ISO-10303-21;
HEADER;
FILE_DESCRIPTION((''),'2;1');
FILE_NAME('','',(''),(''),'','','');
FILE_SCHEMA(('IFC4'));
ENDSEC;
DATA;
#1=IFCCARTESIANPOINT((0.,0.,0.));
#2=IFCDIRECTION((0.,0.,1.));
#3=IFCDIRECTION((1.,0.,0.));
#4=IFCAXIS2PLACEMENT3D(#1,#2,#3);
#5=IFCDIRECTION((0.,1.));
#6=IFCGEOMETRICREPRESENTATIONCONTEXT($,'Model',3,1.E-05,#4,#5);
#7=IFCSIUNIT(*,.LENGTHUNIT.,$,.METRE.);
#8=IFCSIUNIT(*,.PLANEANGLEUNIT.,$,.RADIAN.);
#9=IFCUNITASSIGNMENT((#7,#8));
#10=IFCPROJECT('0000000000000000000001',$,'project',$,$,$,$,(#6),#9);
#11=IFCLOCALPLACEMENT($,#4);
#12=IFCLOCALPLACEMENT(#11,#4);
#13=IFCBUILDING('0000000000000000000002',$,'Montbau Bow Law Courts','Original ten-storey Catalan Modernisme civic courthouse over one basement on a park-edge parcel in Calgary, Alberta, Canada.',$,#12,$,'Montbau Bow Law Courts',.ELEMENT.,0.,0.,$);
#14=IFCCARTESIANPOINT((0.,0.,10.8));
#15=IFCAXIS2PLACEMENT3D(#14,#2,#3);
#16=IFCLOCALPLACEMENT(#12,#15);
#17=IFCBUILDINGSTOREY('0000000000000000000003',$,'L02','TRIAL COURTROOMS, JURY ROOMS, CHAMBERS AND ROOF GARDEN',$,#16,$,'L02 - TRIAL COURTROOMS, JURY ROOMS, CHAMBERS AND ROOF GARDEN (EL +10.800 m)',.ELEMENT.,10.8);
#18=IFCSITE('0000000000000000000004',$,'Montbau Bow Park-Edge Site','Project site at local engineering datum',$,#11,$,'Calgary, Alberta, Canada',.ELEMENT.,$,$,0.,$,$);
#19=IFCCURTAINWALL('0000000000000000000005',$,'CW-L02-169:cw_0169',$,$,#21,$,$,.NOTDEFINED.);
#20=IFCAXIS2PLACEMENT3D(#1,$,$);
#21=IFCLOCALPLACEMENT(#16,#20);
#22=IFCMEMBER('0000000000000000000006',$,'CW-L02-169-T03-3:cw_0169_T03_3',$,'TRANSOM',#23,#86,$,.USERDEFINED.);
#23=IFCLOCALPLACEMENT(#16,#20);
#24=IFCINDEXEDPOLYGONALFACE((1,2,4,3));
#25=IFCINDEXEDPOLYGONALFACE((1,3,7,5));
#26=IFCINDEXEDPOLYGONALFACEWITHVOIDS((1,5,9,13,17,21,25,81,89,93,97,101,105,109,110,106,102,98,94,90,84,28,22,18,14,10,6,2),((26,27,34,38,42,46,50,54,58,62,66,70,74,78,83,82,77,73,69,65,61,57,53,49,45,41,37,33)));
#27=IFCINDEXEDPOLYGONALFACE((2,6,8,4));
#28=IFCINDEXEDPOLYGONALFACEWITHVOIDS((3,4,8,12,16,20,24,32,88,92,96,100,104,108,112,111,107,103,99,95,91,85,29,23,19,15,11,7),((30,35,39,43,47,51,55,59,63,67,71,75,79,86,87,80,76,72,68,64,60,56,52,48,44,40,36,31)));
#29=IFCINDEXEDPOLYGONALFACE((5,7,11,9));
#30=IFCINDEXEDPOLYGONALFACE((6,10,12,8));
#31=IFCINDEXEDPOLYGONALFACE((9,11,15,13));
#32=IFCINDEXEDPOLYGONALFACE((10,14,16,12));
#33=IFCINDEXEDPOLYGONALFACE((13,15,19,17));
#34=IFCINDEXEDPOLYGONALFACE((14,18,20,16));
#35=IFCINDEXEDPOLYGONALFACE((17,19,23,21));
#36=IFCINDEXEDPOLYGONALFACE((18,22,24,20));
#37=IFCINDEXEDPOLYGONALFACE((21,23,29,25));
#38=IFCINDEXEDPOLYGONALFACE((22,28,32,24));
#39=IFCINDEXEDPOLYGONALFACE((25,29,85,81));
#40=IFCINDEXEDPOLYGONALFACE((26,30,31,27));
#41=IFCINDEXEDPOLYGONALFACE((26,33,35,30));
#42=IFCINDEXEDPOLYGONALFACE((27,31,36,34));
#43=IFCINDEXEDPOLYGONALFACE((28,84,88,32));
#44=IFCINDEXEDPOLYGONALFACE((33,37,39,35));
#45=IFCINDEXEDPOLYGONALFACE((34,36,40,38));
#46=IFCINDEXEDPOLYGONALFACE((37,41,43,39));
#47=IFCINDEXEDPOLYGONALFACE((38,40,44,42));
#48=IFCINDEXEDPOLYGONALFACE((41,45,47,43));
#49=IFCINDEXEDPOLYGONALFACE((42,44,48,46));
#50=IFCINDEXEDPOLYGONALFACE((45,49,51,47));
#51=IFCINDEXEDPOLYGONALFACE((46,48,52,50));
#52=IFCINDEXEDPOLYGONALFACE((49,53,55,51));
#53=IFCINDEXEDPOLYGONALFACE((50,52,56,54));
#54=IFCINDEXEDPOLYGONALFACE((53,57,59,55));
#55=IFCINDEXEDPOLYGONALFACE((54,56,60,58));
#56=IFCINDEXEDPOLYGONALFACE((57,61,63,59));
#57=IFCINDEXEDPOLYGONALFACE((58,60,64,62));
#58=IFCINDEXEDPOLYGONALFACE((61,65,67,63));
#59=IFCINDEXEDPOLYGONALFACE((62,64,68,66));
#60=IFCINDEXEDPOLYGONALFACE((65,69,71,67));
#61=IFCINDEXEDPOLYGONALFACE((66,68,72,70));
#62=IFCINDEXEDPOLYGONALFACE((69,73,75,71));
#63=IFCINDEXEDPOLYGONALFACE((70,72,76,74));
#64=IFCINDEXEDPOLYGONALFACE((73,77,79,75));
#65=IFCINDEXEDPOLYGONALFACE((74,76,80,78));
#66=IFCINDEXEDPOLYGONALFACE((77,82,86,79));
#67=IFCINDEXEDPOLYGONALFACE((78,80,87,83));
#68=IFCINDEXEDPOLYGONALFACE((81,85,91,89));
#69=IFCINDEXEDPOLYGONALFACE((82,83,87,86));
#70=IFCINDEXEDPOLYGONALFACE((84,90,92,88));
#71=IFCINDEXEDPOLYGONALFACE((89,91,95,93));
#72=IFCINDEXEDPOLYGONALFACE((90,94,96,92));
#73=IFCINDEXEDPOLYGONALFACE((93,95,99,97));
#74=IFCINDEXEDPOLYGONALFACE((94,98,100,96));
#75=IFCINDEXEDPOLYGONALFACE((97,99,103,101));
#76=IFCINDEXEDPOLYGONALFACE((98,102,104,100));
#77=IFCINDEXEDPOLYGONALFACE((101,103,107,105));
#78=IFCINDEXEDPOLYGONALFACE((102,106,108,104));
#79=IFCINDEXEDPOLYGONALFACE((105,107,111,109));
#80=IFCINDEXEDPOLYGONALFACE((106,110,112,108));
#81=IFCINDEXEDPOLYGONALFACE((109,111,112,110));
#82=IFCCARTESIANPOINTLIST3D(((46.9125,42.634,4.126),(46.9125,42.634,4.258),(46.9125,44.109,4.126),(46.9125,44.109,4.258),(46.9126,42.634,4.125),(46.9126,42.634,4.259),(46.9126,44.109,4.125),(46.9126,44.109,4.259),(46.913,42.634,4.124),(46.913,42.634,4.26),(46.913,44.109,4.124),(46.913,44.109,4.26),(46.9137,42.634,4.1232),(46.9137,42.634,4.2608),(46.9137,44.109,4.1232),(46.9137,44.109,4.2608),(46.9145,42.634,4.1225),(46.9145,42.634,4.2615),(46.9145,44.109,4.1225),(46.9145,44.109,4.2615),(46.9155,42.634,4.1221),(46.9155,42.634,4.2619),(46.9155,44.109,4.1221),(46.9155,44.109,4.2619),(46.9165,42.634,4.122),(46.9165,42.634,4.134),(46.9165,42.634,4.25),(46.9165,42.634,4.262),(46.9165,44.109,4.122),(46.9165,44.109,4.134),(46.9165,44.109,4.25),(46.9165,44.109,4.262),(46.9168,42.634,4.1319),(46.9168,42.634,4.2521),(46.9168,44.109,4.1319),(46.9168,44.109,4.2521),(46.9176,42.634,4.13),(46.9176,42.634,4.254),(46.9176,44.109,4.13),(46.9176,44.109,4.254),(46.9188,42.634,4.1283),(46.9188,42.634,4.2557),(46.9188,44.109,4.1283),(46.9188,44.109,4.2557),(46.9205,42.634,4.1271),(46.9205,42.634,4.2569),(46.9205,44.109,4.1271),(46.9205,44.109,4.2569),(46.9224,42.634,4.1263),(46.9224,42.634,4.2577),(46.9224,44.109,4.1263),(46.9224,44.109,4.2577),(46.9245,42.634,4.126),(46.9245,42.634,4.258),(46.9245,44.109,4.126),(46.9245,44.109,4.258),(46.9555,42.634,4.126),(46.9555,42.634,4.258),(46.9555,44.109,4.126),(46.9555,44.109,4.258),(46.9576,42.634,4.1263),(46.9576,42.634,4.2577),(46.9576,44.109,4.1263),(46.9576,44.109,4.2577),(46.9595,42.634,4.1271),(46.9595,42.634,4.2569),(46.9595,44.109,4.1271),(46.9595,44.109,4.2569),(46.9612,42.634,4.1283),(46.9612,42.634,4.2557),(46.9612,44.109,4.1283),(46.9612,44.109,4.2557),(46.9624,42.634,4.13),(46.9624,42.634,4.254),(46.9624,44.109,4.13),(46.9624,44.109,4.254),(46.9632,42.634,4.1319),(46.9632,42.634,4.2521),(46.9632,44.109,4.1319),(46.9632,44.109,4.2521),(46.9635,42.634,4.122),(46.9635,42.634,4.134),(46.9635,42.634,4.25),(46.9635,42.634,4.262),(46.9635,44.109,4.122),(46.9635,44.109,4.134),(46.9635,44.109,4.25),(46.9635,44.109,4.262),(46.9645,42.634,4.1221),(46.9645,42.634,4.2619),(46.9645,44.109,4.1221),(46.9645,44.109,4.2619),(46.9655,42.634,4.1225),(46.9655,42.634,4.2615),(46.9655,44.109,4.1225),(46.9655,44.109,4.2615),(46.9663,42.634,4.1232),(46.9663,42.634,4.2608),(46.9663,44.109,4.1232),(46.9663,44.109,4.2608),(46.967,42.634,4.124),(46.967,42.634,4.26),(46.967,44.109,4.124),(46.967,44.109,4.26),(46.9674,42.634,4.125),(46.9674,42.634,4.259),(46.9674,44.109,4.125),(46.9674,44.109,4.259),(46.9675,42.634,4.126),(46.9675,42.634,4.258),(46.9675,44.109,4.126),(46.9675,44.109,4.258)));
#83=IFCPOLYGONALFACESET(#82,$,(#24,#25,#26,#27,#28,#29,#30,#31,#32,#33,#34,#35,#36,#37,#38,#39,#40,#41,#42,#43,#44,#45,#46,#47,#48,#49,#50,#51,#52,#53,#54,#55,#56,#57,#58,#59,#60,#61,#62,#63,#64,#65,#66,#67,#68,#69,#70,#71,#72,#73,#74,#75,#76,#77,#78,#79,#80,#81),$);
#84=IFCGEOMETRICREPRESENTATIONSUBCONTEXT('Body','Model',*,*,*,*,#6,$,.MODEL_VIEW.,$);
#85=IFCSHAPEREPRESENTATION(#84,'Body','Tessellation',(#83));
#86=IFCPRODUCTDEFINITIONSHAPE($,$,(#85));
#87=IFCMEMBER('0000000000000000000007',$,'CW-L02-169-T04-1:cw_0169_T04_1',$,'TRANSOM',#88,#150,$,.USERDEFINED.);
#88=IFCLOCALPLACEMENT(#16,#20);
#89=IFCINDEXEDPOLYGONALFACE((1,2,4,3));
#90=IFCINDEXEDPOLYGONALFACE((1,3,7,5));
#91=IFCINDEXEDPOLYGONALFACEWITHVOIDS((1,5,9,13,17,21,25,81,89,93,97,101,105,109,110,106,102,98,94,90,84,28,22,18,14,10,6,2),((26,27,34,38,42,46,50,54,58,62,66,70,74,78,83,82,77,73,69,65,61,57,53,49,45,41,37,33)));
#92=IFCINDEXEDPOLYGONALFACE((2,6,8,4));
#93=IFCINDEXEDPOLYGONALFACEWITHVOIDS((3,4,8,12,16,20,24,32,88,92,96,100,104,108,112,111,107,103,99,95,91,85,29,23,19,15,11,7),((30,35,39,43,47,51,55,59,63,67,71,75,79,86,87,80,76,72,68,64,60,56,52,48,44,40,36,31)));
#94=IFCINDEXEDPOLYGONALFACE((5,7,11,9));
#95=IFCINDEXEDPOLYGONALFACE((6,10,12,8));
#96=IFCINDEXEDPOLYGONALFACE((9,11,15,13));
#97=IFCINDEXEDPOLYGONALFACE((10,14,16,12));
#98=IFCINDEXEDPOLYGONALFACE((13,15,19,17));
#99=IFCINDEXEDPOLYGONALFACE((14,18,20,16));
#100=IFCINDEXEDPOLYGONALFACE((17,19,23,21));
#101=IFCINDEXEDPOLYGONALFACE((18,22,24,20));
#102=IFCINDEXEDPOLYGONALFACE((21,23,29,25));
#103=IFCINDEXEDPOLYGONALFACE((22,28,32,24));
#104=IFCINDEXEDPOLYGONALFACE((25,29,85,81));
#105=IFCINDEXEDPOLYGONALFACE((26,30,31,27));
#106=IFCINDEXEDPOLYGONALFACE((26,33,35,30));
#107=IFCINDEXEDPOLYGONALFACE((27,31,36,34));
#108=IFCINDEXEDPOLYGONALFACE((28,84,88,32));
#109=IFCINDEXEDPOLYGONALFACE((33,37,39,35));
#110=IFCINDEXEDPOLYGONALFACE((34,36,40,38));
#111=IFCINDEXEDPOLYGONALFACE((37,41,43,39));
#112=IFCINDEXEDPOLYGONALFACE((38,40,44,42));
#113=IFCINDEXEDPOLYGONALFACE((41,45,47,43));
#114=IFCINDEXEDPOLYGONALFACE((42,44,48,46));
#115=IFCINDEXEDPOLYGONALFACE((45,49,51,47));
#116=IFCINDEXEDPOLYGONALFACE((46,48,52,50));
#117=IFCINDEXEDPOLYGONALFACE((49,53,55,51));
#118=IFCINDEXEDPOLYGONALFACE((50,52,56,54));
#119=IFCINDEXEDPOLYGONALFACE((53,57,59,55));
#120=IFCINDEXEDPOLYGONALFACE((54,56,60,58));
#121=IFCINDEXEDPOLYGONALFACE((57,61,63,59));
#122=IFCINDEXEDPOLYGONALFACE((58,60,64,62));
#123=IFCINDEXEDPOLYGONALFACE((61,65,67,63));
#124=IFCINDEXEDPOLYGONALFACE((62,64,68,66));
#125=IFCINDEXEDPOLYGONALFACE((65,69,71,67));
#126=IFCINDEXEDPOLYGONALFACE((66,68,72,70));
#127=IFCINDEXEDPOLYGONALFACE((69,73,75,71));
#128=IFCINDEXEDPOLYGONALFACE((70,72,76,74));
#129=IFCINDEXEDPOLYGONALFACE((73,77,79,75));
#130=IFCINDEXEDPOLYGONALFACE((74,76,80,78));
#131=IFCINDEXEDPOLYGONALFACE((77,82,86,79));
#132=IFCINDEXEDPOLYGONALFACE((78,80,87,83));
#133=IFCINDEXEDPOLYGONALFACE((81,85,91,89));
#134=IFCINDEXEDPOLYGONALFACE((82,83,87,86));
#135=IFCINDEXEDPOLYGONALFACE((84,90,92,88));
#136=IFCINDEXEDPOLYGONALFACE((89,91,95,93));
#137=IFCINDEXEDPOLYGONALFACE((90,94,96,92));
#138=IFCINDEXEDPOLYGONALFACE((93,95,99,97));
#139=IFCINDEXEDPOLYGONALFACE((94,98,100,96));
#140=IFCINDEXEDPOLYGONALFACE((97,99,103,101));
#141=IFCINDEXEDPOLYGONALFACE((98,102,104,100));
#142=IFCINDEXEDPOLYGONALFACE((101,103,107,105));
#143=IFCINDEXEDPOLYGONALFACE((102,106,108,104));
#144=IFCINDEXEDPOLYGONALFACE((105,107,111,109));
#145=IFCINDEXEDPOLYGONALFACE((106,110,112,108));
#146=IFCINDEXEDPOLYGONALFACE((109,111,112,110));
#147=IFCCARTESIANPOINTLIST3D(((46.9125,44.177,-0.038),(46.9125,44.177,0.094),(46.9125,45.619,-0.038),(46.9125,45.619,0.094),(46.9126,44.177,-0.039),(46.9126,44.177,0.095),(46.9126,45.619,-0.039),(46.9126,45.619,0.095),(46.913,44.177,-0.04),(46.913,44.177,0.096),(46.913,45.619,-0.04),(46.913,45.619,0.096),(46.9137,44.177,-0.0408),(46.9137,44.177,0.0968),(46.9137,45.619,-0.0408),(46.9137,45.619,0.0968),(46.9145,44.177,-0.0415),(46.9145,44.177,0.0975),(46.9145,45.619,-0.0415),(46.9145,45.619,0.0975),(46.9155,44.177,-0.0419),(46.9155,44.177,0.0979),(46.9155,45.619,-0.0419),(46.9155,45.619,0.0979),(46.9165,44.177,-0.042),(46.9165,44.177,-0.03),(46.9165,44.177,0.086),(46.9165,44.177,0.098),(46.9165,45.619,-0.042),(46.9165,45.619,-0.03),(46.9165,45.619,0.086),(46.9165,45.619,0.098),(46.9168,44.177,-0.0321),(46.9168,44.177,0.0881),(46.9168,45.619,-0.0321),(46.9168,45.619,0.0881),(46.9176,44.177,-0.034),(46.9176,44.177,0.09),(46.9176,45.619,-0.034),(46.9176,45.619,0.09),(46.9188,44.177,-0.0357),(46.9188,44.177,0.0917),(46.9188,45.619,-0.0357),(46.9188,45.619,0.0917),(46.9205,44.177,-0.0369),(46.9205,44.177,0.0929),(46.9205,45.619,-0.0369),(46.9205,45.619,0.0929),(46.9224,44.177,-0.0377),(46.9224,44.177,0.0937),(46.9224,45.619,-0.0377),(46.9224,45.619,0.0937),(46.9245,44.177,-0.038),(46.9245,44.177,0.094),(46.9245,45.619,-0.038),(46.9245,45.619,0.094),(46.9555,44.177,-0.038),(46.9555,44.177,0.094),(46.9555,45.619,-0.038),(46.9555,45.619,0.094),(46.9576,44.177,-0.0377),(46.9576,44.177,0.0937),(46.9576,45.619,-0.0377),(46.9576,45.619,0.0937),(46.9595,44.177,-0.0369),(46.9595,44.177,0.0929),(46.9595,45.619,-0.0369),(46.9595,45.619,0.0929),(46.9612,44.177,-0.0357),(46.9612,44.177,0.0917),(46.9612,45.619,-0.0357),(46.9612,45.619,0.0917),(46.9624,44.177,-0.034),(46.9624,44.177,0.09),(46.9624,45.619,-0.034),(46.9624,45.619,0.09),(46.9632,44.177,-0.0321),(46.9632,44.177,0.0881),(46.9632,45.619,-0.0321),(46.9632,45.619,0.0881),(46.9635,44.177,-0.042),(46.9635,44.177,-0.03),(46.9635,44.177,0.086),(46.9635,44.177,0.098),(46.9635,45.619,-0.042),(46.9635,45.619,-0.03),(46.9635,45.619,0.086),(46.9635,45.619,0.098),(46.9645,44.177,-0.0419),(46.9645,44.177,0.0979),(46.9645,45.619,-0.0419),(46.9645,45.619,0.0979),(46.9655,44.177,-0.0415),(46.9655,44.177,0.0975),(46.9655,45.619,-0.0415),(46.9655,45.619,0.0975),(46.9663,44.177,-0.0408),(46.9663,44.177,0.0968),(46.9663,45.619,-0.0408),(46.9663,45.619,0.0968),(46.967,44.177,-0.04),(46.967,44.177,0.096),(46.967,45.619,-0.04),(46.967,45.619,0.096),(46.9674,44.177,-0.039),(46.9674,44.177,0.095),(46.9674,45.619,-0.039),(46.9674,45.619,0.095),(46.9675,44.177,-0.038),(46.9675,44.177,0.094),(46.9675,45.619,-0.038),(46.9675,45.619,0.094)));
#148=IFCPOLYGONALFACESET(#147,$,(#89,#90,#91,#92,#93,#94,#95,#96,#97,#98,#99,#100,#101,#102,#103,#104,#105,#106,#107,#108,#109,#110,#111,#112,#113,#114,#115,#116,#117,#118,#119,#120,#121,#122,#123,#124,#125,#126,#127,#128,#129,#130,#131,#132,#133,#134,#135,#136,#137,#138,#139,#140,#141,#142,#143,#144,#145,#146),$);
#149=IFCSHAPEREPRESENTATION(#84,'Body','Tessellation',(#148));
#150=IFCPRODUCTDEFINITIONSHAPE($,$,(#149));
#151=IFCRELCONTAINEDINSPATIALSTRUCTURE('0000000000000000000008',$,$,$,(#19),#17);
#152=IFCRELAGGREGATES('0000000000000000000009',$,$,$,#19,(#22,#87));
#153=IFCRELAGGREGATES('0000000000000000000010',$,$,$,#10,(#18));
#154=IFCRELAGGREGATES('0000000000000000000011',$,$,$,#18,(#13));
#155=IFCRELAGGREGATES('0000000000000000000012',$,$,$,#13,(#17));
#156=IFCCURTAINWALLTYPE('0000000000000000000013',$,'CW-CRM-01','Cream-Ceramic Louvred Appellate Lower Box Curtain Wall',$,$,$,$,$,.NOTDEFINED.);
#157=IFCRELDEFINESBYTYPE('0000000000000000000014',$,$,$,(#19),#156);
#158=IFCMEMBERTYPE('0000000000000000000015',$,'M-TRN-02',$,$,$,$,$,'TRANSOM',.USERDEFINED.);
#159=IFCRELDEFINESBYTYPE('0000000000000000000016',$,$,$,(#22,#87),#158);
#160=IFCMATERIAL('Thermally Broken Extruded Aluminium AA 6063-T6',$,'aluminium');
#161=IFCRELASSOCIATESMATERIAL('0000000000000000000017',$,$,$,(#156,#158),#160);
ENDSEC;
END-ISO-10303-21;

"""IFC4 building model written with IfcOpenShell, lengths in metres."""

from ifc_helpers import new_model, si_unit, direction, frame, origin_with_axes, origin_2d_with_axis, place, context, subcontext, project, spatial, hollow_rectangle, extrude, material, material_profile, profile_set, type_object, element, aggregate, save


model = new_model("IFC4")

# Units and contexts
model_context = context("Model", 3, precision=1e-05, world=origin_with_axes(), true_north=direction((0.0, 1.0)))
body_context = subcontext(model_context, "Body", "Model", "MODEL_VIEW")
ifc_project = project(units=[si_unit("LENGTHUNIT", "METRE"), si_unit("PLANEANGLEUNIT", "RADIAN")], contexts=[model_context])

# Site, building, storey
site_placement = place(None, origin_with_axes())
site = spatial("IfcSite", under=ifc_project, at=site_placement, Name="Montbau Bow Park-Edge Site", Description="Project site at local engineering datum", LongName="Calgary, Alberta, Canada", CompositionType="ELEMENT", RefElevation=0.0)
building_placement = place(site_placement, origin_with_axes())
building = spatial("IfcBuilding", under=site, at=building_placement, Name="Montbau Bow Law Courts", Description="Original ten-storey Catalan Modernisme civic courthouse over one basement on a park-edge parcel in Calgary, Alberta, Canada.", LongName="Montbau Bow Law Courts", CompositionType="ELEMENT", ElevationOfRefHeight=0.0, ElevationOfTerrain=0.0)
storey_placement = place(building_placement, frame((0.0, 0.0, 10.8), z_axis=(0.0, 0.0, 1.0), x_axis=(1.0, 0.0, 0.0)))
storey = spatial("IfcBuildingStorey", under=building, at=storey_placement, Name="L02", Description="TRIAL COURTROOMS, JURY ROOMS, CHAMBERS AND ROOF GARDEN", LongName="L02 - TRIAL COURTROOMS, JURY ROOMS, CHAMBERS AND ROOF GARDEN (EL +10.800 m)", CompositionType="ELEMENT", Elevation=10.8)

# Curtain wall
ifc_material_1 = material(Name="Thermally Broken Extruded Aluminium AA 6063-T6", Category="aluminium")
curtain_wall_type = type_object("IfcCurtainWallType", Name="CW-CRM-01", Description="Cream-Ceramic Louvred Appellate Lower Box Curtain Wall", PredefinedType="NOTDEFINED", material=ifc_material_1)
curtain_wall_1_placement = place(None, frame((46.94, 39.515, 10.8), z_axis=(0.0, 0.0, 1.0), x_axis=(1.0, 0.0, 0.0)))
curtain_wall_1 = element("IfcCurtainWall", 1, at=curtain_wall_1_placement, inside=storey, type_object=curtain_wall_type, Name="CW-L02-169:cw_0169", PredefinedType="NOTDEFINED")

# Members
ifc_material_profile_1 = material_profile(ifc_material_1, hollow_rectangle(XDim=0.055, YDim=0.14, WallThickness=0.004, InnerFilletRadius=0.008, OuterFilletRadius=0.004, at=origin_2d_with_axis()), Name="CWT-140X55", Category="Main", Priority=0)
ifc_profile_set_1 = profile_set([ifc_material_profile_1], Name="Thermally Broken Extruded Aluminium AA 6063-T6")
member_type_1 = type_object("IfcMemberType", Name="M-TRN-02", ElementType="TRANSOM", PredefinedType="USERDEFINED", material=ifc_profile_set_1)
member_1_placement = place(None, frame((46.94, 42.634, 14.992), z_axis=(0.0, 1.0, 0.0), x_axis=(-1.0, 0.0, 0.0)))
member_1 = element("IfcMember", 2, at=member_1_placement, type_object=member_type_1, Name="CW-L02-169-T03-3:cw_0169_T03_3", ObjectType="TRANSOM", PredefinedType="USERDEFINED", context=body_context, shape_type="SweptSolid", body=[
    extrude(hollow_rectangle(XDim=0.055, YDim=0.14, WallThickness=0.004, InnerFilletRadius=0.008, OuterFilletRadius=0.004, at=origin_2d_with_axis()), origin_with_axes(), (0.0, 0.0, 1.0), 1.475),
])
member_2_placement = place(None, frame((46.94, 44.177, 10.828), z_axis=(0.0, 1.0, 0.0), x_axis=(-1.0, 0.0, 0.0)))
member_2 = element("IfcMember", 3, at=member_2_placement, type_object=member_type_1, Name="CW-L02-169-T04-1:cw_0169_T04_1", ObjectType="TRANSOM", PredefinedType="USERDEFINED", context=body_context, shape_type="SweptSolid", body=[
    extrude(hollow_rectangle(XDim=0.055, YDim=0.14, WallThickness=0.004, InnerFilletRadius=0.008, OuterFilletRadius=0.004, at=origin_2d_with_axis()), origin_with_axes(), (0.0, 0.0, 1.0), 1.442),
])

aggregate(curtain_wall_1, [member_1, member_2])

save(model, "model.ifc")
